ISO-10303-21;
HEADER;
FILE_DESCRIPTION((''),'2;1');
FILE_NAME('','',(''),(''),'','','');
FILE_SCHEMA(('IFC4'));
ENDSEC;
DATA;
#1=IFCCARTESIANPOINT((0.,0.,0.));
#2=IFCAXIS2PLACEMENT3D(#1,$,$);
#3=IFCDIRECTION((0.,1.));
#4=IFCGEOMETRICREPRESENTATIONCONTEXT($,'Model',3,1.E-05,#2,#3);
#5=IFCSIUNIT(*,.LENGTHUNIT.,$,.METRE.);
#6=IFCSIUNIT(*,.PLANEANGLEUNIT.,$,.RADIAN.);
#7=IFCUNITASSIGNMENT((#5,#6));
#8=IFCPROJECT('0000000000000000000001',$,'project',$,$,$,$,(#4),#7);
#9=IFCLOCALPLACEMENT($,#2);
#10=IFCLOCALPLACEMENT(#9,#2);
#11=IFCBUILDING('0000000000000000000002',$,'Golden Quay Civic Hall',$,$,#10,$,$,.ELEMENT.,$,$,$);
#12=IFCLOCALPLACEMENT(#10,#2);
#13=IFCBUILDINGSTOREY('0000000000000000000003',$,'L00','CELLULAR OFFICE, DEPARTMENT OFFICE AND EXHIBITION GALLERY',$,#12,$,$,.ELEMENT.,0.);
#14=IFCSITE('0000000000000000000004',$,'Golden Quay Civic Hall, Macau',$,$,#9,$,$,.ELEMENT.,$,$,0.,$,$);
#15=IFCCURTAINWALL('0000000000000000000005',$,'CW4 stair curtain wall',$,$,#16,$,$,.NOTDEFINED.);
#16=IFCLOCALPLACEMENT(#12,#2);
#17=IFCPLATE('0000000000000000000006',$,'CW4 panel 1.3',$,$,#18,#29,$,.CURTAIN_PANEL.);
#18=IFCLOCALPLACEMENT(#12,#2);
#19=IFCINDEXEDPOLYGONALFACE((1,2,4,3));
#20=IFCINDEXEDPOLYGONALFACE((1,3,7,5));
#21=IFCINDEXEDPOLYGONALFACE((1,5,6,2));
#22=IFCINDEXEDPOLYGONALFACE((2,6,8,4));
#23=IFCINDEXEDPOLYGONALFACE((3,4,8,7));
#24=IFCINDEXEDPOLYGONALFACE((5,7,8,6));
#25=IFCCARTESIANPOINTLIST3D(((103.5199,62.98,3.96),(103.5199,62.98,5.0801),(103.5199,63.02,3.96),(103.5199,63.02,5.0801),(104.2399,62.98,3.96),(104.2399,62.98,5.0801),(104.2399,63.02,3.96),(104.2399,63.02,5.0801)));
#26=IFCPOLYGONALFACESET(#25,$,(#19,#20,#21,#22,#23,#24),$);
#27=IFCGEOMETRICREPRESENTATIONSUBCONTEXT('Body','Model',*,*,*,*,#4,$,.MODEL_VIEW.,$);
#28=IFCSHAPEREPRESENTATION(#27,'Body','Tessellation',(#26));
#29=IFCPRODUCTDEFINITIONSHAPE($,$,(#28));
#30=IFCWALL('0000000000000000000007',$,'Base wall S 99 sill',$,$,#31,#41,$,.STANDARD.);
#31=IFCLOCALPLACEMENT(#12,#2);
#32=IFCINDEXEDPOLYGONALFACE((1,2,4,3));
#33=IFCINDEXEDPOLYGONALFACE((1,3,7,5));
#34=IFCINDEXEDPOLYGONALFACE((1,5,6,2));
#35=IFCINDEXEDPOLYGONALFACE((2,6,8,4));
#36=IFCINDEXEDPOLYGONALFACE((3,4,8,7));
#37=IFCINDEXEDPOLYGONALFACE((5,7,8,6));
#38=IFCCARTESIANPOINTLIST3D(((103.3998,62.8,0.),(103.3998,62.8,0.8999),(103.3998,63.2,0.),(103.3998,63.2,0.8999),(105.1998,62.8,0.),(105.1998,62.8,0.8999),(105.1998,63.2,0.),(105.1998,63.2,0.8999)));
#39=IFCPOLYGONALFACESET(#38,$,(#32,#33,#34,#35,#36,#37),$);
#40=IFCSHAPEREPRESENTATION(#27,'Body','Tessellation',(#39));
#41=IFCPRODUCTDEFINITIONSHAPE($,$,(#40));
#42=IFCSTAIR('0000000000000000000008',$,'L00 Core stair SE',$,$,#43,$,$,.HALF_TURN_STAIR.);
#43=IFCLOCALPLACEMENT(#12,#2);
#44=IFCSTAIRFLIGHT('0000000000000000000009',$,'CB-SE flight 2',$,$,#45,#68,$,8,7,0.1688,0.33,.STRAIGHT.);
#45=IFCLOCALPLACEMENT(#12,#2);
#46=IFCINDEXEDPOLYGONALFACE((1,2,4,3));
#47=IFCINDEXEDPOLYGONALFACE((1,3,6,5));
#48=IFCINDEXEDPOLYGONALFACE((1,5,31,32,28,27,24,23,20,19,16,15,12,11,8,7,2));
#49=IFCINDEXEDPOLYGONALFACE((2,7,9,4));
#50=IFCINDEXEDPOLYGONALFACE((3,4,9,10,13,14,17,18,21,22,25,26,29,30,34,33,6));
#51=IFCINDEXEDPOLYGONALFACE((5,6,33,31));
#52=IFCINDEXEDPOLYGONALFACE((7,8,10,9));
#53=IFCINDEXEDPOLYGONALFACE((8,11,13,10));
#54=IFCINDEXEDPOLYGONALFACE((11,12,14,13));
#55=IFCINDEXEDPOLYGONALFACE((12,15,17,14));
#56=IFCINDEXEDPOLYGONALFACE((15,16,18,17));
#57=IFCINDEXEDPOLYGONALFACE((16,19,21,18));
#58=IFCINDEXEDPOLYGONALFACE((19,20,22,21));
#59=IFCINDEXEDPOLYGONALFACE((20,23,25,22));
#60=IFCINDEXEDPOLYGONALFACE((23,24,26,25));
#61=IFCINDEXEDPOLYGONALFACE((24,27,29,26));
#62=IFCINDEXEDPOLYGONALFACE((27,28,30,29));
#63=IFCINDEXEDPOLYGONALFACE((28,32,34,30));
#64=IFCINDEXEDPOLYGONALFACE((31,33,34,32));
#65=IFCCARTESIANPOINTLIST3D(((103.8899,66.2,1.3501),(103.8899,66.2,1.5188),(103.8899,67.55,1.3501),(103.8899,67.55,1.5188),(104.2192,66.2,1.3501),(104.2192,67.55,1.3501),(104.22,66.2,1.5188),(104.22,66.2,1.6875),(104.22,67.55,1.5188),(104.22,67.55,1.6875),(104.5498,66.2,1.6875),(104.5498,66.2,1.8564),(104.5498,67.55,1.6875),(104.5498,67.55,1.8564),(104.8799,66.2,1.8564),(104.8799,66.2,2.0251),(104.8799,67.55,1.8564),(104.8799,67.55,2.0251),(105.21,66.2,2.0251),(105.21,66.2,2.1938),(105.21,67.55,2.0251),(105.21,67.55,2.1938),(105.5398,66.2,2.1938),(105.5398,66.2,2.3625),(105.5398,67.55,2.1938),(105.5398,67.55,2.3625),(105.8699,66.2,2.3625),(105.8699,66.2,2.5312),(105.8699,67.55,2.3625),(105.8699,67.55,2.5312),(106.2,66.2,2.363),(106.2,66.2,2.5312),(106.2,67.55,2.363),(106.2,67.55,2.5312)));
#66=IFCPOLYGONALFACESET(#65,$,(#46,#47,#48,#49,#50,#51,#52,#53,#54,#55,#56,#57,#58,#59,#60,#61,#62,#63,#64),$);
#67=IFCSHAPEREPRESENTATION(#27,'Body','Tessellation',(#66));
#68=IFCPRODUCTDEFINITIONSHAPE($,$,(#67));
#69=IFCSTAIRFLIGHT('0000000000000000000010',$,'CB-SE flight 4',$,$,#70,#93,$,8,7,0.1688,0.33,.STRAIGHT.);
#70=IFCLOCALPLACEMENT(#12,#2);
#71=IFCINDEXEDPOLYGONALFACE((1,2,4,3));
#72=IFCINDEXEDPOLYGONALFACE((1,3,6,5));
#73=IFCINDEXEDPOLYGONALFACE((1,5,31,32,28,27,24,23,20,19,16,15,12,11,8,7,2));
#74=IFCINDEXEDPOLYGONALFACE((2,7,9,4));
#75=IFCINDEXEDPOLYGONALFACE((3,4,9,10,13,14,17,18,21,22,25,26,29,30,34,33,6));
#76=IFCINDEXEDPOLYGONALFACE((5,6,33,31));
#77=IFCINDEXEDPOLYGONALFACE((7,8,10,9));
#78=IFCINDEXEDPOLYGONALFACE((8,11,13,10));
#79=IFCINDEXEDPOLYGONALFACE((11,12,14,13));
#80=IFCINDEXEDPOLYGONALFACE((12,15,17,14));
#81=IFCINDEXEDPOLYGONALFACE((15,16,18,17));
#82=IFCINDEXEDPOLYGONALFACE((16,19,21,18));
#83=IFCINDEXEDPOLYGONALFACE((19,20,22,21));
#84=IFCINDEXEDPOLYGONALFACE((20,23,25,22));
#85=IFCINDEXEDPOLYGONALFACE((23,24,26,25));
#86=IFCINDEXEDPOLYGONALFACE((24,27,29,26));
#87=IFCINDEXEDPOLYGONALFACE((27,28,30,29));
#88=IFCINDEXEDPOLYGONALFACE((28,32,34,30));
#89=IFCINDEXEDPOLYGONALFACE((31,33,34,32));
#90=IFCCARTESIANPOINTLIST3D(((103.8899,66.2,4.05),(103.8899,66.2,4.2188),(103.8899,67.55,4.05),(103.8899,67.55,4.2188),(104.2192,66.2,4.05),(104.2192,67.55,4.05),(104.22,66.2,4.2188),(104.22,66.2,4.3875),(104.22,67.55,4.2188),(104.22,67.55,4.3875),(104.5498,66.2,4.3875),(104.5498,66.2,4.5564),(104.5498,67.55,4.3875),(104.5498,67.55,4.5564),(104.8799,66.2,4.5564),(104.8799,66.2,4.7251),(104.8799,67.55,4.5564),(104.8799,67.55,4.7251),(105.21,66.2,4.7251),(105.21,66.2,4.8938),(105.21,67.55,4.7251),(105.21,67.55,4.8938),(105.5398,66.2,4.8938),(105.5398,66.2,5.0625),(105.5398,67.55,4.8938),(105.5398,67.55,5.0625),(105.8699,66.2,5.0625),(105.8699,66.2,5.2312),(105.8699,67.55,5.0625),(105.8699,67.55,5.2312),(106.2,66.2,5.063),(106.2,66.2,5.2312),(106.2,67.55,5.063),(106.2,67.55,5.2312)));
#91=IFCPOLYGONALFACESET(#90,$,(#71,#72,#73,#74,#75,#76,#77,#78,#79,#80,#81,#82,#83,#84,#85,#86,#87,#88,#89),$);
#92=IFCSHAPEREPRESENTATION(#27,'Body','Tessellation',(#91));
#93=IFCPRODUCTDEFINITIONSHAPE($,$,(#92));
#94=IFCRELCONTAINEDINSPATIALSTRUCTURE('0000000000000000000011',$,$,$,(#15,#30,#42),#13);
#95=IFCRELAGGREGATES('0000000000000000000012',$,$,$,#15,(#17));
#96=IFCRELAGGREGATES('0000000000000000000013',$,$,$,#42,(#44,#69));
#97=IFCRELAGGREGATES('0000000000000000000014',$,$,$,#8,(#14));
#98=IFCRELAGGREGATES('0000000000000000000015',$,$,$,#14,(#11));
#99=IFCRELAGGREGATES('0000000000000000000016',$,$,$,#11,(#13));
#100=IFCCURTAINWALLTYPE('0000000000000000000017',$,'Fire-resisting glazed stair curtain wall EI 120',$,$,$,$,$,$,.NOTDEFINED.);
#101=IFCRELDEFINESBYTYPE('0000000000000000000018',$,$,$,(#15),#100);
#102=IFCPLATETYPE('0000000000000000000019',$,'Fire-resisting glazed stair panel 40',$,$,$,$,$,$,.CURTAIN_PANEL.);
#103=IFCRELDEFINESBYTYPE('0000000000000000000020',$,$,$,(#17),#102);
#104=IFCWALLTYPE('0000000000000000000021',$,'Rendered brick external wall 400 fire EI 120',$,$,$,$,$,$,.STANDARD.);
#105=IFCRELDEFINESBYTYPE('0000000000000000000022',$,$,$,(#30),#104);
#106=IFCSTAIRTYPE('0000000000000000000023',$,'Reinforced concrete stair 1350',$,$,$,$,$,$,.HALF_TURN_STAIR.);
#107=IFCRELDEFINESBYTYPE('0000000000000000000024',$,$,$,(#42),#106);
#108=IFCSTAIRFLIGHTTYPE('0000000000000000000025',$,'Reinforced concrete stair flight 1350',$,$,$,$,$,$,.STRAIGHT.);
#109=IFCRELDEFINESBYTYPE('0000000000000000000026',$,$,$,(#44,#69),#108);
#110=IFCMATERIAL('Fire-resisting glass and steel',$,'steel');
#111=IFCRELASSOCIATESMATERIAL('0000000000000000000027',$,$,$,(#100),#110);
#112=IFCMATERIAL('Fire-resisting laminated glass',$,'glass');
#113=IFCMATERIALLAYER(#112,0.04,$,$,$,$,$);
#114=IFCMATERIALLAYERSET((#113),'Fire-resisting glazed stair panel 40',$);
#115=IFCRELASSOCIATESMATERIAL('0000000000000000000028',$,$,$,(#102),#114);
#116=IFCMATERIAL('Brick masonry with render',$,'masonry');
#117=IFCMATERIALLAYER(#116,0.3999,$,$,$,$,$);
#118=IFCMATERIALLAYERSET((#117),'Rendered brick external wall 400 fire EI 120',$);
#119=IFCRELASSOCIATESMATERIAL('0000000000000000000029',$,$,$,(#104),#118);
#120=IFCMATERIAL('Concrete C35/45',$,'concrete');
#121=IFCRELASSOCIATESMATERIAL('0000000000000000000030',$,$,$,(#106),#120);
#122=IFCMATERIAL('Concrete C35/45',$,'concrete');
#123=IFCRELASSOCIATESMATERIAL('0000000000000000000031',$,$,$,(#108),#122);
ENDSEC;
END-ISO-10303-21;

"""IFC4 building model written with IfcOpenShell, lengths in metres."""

from ifc_helpers import new_model, si_unit, direction, frame, frame_2d, origin, origin_2d, place, context, subcontext, project, spatial, polyline, rectangle, outline, extrude, material, layer, layer_set, type_object, element, aggregate, save


model = new_model("IFC4")

# Units and contexts
model_context = context("Model", 3, precision=1e-05, world=origin(), true_north=direction((0.0, 1.0)))
body_context = subcontext(model_context, "Body", "Model", "MODEL_VIEW")
ifc_project = project(units=[si_unit("LENGTHUNIT", "METRE"), si_unit("PLANEANGLEUNIT", "RADIAN")], contexts=[model_context])

# Site, building, storey
site_placement = place(None, origin())
site = spatial("IfcSite", under=ifc_project, at=site_placement, Name="Golden Quay Civic Hall, Macau", CompositionType="ELEMENT", RefElevation=0.0)
building_placement = place(site_placement, origin())
building = spatial("IfcBuilding", under=site, at=building_placement, Name="Golden Quay Civic Hall", CompositionType="ELEMENT")
storey_placement = place(building_placement, origin())
storey = spatial("IfcBuildingStorey", under=building, at=storey_placement, Name="L00", Description="CELLULAR OFFICE, DEPARTMENT OFFICE AND EXHIBITION GALLERY", CompositionType="ELEMENT", Elevation=0.0)

# Curtain wall, plate
ifc_material_1 = material(Name="Fire-resisting glass and steel", Category="steel")
curtain_wall_type = type_object("IfcCurtainWallType", Name="Fire-resisting glazed stair curtain wall EI 120", PredefinedType="NOTDEFINED", material=ifc_material_1)
curtain_wall_placement = place(storey_placement, origin())
curtain_wall = element("IfcCurtainWall", 1, at=curtain_wall_placement, inside=storey, type_object=curtain_wall_type, Name="CW4 stair curtain wall", PredefinedType="NOTDEFINED")
ifc_material_2 = material(Name="Fire-resisting laminated glass", Category="glass")
ifc_layer_1 = layer(ifc_material_2, 0.04)
ifc_layer_set_1 = layer_set([ifc_layer_1], Name="Fire-resisting glazed stair panel 40")
plate_type = type_object("IfcPlateType", Name="Fire-resisting glazed stair panel 40", PredefinedType="CURTAIN_PANEL", material=ifc_layer_set_1)
plate_1_placement = place(storey_placement, frame((103.8799, 63.0, 3.96), z_axis=(0.0, 0.0, 1.0), x_axis=(1.0, 0.0, 0.0)))
plate_1 = element("IfcPlate", 2, at=plate_1_placement, type_object=plate_type, Name="CW4 panel 1.3", PredefinedType="CURTAIN_PANEL", context=body_context, shape_type="SweptSolid", body=[
    extrude(rectangle(XDim=0.72, YDim=0.04, at=origin_2d()), origin(), (0.0, 0.0, 1.0), 1.1201),
])
aggregate(curtain_wall, [plate_1])

# Wall
ifc_material_3 = material(Name="Brick masonry with render", Category="masonry")
ifc_layer_2 = layer(ifc_material_3, 0.3999)
ifc_layer_set_2 = layer_set([ifc_layer_2], Name="Rendered brick external wall 400 fire EI 120")
wall_type = type_object("IfcWallType", Name="Rendered brick external wall 400 fire EI 120", PredefinedType="STANDARD", material=ifc_layer_set_2)
wall_placement = place(storey_placement, frame((103.3999, 63.0, 0.0), z_axis=(0.0, 0.0, 1.0), x_axis=(1.0, 0.0, 0.0)))
element("IfcWall", 3, at=wall_placement, inside=storey, type_object=wall_type, Name="Base wall S 99 sill", PredefinedType="STANDARD", context=body_context, shape_type="SweptSolid", body=[
    extrude(rectangle(XDim=1.8, YDim=0.3999, at=frame_2d((0.8999, 0.0))), origin(), (0.0, 0.0, 1.0), 0.8999),
])

# Stair, stair flights
ifc_material_4 = material(Name="Concrete C35/45", Category="concrete")
stair_type = type_object("IfcStairType", Name="Reinforced concrete stair 1350", PredefinedType="HALF_TURN_STAIR", material=ifc_material_4)
stair_placement = place(storey_placement, origin())
stair = element("IfcStair", 4, at=stair_placement, inside=storey, type_object=stair_type, Name="L00 Core stair SE", PredefinedType="HALF_TURN_STAIR")
ifc_material_5 = material(Name="Concrete C35/45", Category="concrete")
stair_flight_type = type_object("IfcStairFlightType", Name="Reinforced concrete stair flight 1350", PredefinedType="STRAIGHT", material=ifc_material_5)
stair_flight_1_placement = place(storey_placement, frame((103.8899, 66.875, 1.3501), z_axis=(0.0, 0.0, 1.0), x_axis=(1.0, 0.0, 0.0)))
stair_flight_1 = element("IfcStairFlight", 5, at=stair_flight_1_placement, type_object=stair_flight_type, Name="CB-SE flight 2", NumberOfRisers=8, NumberOfTreads=7, PredefinedType="STRAIGHT", RiserHeight=0.1688, TreadLength=0.33, context=body_context, shape_type="SweptSolid", body=[
    extrude(outline(polyline([(0.0, 0.0), (0.0, 0.1687), (0.3301, 0.1687), (0.3301, 0.3374), (0.6599, 0.3374), (0.6599, 0.5063), (0.99, 0.5063), (0.99, 0.675), (1.3201, 0.675), (1.3201, 0.8438), (1.6499, 0.8438), (1.6499, 1.0125), (1.98, 1.0125), (1.98, 1.1812), (2.3101, 1.1812), (2.3101, 1.3501), (2.3101, 1.0129), (0.3293, 0.0), (0.0, 0.0)])), frame((0.0, 0.675, 0.0), z_axis=(0.0, -1.0, 0.0), x_axis=(1.0, 0.0, 0.0)), (0.0, 0.0, 1.0), 1.35),
])
stair_flight_2_placement = place(storey_placement, frame((103.8899, 66.875, 4.05), z_axis=(0.0, 0.0, 1.0), x_axis=(1.0, 0.0, 0.0)))
stair_flight_2 = element("IfcStairFlight", 6, at=stair_flight_2_placement, type_object=stair_flight_type, Name="CB-SE flight 4", NumberOfRisers=8, NumberOfTreads=7, PredefinedType="STRAIGHT", RiserHeight=0.1688, TreadLength=0.33, context=body_context, shape_type="SweptSolid", body=[
    extrude(outline(polyline([(0.0, 0.0), (0.0, 0.1687), (0.3301, 0.1687), (0.3301, 0.3374), (0.6599, 0.3374), (0.6599, 0.5063), (0.99, 0.5063), (0.99, 0.675), (1.3201, 0.675), (1.3201, 0.8438), (1.6499, 0.8438), (1.6499, 1.0125), (1.98, 1.0125), (1.98, 1.1812), (2.3101, 1.1812), (2.3101, 1.3501), (2.3101, 1.0129), (0.3293, 0.0), (0.0, 0.0)])), frame((0.0, 0.675, 0.0), z_axis=(0.0, -1.0, 0.0), x_axis=(1.0, 0.0, 0.0)), (0.0, 0.0, 1.0), 1.35),
])
aggregate(stair, [stair_flight_1, stair_flight_2])

save(model, "model.ifc")
